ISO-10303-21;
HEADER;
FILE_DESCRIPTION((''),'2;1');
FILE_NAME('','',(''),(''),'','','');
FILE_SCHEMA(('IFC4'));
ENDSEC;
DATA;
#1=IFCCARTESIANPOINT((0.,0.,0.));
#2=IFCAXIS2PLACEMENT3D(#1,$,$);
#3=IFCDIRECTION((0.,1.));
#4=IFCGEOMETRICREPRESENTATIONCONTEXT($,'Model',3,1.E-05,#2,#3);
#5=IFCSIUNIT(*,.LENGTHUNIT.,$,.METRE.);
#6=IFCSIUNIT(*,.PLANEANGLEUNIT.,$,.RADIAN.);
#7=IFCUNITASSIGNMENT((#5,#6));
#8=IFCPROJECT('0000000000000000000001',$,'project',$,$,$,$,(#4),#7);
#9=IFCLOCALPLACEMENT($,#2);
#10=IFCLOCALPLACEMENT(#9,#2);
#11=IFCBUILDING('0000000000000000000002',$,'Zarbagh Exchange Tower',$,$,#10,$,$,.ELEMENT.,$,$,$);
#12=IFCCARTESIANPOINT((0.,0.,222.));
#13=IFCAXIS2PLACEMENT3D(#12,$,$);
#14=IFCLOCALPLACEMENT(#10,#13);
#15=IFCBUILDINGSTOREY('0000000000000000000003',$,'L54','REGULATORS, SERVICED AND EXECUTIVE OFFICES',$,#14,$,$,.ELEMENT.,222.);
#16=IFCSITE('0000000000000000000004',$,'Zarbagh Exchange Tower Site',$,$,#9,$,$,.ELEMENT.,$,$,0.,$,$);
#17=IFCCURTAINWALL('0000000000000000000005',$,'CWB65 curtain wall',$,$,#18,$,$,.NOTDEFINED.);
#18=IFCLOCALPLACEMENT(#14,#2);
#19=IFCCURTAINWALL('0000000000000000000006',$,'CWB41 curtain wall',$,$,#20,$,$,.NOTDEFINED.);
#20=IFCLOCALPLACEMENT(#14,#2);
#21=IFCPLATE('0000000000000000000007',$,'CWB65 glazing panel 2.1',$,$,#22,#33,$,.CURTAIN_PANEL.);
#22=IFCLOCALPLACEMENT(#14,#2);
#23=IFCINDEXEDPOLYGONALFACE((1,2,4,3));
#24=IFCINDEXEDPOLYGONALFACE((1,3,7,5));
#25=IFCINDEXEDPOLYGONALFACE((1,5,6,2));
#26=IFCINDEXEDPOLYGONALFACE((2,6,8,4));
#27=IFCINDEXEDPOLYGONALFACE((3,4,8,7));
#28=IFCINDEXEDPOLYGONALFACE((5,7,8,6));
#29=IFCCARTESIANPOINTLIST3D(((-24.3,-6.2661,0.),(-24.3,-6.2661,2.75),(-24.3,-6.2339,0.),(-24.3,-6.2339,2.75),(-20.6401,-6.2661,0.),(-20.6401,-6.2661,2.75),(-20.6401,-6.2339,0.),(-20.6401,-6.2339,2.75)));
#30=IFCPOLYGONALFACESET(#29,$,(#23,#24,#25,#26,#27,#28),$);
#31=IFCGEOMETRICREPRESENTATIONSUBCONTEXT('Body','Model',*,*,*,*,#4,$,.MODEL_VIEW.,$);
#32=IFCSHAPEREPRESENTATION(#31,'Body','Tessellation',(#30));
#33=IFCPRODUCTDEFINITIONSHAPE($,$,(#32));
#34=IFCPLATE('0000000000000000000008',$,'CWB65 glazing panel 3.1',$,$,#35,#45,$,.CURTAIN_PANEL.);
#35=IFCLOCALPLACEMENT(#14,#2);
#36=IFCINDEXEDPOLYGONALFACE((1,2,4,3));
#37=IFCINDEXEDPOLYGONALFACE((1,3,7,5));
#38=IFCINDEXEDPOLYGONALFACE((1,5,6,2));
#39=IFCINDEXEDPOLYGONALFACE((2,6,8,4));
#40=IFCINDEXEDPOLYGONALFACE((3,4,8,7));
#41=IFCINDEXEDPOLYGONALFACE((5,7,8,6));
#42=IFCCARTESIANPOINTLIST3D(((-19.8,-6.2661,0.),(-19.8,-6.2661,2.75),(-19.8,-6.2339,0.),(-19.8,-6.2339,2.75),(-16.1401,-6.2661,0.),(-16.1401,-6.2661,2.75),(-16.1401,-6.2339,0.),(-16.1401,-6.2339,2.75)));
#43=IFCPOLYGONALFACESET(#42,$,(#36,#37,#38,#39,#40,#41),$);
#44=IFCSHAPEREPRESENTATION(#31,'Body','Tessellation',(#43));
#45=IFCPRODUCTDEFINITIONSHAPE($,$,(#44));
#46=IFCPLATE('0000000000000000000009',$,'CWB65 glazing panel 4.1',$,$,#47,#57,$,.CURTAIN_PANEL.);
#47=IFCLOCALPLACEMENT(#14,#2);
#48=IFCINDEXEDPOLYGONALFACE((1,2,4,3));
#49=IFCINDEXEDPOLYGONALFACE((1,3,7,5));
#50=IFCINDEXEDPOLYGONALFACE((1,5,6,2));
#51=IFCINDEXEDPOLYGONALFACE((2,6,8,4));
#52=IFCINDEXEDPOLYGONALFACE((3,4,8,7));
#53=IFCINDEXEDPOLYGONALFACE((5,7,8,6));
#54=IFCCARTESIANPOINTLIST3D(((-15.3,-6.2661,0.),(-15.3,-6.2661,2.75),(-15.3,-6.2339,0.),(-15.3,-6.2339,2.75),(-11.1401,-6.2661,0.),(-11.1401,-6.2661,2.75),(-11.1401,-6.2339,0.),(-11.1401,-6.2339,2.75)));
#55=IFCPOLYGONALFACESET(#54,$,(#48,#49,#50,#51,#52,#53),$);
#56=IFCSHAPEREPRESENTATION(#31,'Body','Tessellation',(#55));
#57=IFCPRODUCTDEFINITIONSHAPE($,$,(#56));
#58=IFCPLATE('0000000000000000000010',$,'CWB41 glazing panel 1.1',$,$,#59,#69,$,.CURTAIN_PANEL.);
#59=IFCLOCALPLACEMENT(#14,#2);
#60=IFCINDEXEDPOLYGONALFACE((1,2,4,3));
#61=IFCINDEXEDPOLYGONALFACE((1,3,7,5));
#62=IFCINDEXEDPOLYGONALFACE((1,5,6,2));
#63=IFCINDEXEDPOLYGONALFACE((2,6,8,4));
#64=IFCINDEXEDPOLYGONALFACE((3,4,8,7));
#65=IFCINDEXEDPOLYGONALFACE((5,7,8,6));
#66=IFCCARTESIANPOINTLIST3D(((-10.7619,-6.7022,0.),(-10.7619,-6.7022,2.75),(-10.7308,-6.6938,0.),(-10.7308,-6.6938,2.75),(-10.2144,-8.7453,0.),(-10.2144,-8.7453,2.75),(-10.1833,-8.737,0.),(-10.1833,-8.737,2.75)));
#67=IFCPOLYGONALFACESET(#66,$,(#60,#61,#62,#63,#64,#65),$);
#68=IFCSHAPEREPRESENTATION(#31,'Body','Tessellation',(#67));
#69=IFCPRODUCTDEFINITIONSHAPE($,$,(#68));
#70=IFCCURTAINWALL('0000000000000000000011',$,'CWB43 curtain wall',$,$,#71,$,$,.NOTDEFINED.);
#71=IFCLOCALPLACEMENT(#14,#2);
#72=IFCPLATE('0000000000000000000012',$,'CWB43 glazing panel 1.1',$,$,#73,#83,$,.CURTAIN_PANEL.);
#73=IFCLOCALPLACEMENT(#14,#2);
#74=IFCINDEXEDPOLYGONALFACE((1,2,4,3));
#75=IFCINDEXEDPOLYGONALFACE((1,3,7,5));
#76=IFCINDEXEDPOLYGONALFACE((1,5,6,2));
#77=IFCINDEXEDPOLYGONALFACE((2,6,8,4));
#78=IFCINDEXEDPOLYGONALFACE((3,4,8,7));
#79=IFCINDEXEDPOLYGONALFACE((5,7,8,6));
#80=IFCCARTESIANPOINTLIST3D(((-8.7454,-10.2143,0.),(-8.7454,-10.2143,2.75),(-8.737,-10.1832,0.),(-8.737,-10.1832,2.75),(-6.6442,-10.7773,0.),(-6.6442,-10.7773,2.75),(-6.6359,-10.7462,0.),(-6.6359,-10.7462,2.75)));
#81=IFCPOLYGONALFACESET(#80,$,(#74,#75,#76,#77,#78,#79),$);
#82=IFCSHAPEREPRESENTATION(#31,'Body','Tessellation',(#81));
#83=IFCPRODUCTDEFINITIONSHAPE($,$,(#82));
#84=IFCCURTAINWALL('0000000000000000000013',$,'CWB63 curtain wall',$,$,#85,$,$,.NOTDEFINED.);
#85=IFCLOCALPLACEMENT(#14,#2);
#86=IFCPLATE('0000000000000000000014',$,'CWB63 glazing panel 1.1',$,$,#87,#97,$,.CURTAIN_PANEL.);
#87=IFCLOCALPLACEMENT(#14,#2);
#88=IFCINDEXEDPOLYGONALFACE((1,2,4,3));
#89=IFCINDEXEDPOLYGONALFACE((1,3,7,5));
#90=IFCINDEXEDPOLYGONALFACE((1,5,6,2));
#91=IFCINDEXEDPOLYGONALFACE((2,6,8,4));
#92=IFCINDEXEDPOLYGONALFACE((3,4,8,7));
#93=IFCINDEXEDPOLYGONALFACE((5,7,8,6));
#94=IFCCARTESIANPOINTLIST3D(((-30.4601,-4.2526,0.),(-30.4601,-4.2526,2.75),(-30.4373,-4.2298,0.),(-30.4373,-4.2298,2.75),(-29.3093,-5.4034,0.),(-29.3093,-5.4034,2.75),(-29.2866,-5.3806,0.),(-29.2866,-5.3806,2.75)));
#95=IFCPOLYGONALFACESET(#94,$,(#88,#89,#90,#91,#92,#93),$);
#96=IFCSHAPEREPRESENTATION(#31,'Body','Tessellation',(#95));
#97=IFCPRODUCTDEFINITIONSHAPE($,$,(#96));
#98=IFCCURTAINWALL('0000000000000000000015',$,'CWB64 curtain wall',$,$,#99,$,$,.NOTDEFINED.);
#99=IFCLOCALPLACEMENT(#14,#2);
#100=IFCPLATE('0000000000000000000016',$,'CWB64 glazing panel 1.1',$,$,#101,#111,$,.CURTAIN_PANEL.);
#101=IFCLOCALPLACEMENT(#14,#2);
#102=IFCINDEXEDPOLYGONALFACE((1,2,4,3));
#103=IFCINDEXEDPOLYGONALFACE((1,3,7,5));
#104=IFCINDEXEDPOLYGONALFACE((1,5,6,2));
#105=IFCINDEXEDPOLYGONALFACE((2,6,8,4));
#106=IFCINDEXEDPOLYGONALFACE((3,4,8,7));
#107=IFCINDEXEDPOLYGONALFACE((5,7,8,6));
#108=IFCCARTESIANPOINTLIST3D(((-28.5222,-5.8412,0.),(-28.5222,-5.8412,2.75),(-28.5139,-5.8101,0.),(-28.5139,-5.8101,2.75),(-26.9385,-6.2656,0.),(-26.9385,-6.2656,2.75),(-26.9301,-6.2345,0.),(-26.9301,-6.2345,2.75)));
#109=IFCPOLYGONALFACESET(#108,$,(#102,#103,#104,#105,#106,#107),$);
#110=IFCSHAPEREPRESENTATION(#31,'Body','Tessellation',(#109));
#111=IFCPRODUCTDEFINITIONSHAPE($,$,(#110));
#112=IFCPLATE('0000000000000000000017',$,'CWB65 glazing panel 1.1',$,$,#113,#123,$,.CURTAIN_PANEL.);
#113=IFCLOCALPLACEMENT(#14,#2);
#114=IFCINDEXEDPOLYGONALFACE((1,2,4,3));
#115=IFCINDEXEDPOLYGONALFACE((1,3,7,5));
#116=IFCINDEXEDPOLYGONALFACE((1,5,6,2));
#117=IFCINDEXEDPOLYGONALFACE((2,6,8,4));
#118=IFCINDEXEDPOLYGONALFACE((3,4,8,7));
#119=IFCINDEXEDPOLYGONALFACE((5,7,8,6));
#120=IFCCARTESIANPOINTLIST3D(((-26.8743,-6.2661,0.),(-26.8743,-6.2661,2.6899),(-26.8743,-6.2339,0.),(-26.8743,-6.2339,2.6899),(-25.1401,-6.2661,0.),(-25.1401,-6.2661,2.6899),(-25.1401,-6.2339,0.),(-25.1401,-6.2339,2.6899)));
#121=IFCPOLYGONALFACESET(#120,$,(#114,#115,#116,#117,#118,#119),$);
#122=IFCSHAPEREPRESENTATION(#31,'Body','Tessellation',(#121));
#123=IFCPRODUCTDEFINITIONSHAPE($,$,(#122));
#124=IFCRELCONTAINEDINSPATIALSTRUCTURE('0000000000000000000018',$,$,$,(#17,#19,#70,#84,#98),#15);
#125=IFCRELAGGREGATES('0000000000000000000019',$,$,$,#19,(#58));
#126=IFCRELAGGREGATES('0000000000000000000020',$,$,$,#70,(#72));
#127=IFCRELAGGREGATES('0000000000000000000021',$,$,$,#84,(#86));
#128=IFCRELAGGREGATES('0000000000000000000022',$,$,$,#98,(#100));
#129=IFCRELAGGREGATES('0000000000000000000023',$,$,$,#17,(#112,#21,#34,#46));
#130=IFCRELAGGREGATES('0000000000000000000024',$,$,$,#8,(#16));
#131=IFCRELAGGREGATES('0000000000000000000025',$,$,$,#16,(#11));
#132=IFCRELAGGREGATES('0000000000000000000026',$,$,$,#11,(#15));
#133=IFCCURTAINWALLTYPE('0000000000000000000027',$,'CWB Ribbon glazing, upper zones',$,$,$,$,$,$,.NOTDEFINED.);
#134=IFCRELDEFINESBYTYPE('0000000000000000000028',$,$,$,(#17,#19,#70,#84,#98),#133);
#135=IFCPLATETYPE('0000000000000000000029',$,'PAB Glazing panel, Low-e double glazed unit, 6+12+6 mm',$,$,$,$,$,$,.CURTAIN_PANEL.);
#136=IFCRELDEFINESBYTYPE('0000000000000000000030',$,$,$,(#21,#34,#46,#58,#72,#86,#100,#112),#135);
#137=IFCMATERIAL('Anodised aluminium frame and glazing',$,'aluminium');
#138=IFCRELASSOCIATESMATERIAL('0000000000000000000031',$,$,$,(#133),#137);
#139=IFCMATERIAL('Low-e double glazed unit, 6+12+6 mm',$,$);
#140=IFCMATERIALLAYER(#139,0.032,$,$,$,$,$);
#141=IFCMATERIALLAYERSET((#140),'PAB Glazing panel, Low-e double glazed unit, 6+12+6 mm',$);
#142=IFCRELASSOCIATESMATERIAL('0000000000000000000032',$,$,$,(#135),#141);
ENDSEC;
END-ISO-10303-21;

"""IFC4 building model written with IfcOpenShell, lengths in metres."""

from ifc_helpers import new_model, si_unit, direction, frame, origin, place, context, subcontext, project, spatial, polyline, outline, extrude, source, transform, mapped, material, layer, layer_set, type_object, element, aggregate, save


model = new_model("IFC4")

# Units and contexts
model_context = context("Model", 3, precision=1e-05, world=origin(), true_north=direction((0.0, 1.0)))
body_context = subcontext(model_context, "Body", "Model", "MODEL_VIEW")
ifc_project = project(units=[si_unit("LENGTHUNIT", "METRE"), si_unit("PLANEANGLEUNIT", "RADIAN")], contexts=[model_context])

# Site, building, storey
site_placement = place(None, origin())
site = spatial("IfcSite", under=ifc_project, at=site_placement, Name="Zarbagh Exchange Tower Site", CompositionType="ELEMENT", RefElevation=0.0)
building_placement = place(site_placement, origin())
building = spatial("IfcBuilding", under=site, at=building_placement, Name="Zarbagh Exchange Tower", CompositionType="ELEMENT")
storey_placement = place(building_placement, frame((0.0, 0.0, 222.0)))
storey = spatial("IfcBuildingStorey", under=building, at=storey_placement, Name="L54", Description="REGULATORS, SERVICED AND EXECUTIVE OFFICES", CompositionType="ELEMENT", Elevation=222.0)

# Shared definitions
ifc_material_1 = material(Name="Anodised aluminium frame and glazing", Category="aluminium")
curtain_wall_type = type_object("IfcCurtainWallType", Name="CWB Ribbon glazing, upper zones", PredefinedType="NOTDEFINED", material=ifc_material_1)
placement = place(storey_placement, origin())

# Curtain wall
curtain_wall_1_placement = place(storey_placement, origin())
curtain_wall_1 = element("IfcCurtainWall", 1, at=curtain_wall_1_placement, inside=storey, type_object=curtain_wall_type, Name="CWB65 curtain wall", PredefinedType="NOTDEFINED")

# Curtain wall
curtain_wall_2_placement = place(storey_placement, origin())
curtain_wall_2 = element("IfcCurtainWall", 2, at=curtain_wall_2_placement, inside=storey, type_object=curtain_wall_type, Name="CWB41 curtain wall", PredefinedType="NOTDEFINED")

# Shared definitions
ifc_material_2 = material(Name="Low-e double glazed unit, 6+12+6 mm")
ifc_layer = layer(ifc_material_2, 0.032)
ifc_layer_set = layer_set([ifc_layer], Name="PAB Glazing panel, Low-e double glazed unit, 6+12+6 mm")
plate_type = type_object("IfcPlateType", Name="PAB Glazing panel, Low-e double glazed unit, 6+12+6 mm", PredefinedType="CURTAIN_PANEL", material=ifc_layer_set)

# Plates
shared_shape_1 = source(origin(), body_context, "Body", "SweptSolid", [
    extrude(outline(polyline([(0.0, -0.0161), (3.6599, -0.0161), (3.6599, 0.0161), (0.0, 0.0161), (0.0, -0.0161)])), origin(), (0.0, 0.0, 1.0), 2.75),
])
plate_1 = element("IfcPlate", 3, at=placement, type_object=plate_type, Name="CWB65 glazing panel 2.1", PredefinedType="CURTAIN_PANEL", context=body_context, shape_type="MappedRepresentation", body=[
    mapped(shared_shape_1, transform((-24.3, -6.25, 0.0), x_axis=(1.0, 0.0, 0.0), y_axis=(0.0, 1.0, 0.0), z_axis=(0.0, 0.0, 1.0))),
])
plate_2 = element("IfcPlate", 4, at=placement, type_object=plate_type, Name="CWB65 glazing panel 3.1", PredefinedType="CURTAIN_PANEL", context=body_context, shape_type="MappedRepresentation", body=[
    mapped(shared_shape_1, transform((-19.8, -6.25, 0.0), x_axis=(1.0, 0.0, 0.0), y_axis=(0.0, 1.0, 0.0), z_axis=(0.0, 0.0, 1.0))),
])
shared_shape_2 = source(origin(), body_context, "Body", "SweptSolid", [
    extrude(outline(polyline([(0.0, -0.0161), (4.1599, -0.0161), (4.1599, 0.0161), (0.0, 0.0161), (0.0, -0.0161)])), origin(), (0.0, 0.0, 1.0), 2.75),
])
plate_3 = element("IfcPlate", 5, at=placement, type_object=plate_type, Name="CWB65 glazing panel 4.1", PredefinedType="CURTAIN_PANEL", context=body_context, shape_type="MappedRepresentation", body=[
    mapped(shared_shape_2, transform((-15.3, -6.25, 0.0), x_axis=(1.0, 0.0, 0.0), y_axis=(0.0, 1.0, 0.0), z_axis=(0.0, 0.0, 1.0))),
])
shared_shape_3 = source(origin(), body_context, "Body", "SweptSolid", [
    extrude(outline(polyline([(0.0, -0.0161), (2.1152, -0.0161), (2.1152, 0.0161), (0.0, 0.0161), (0.0, -0.0161)])), origin(), (0.0, 0.0, 1.0), 2.75),
])
plate_4 = element("IfcPlate", 6, at=placement, type_object=plate_type, Name="CWB41 glazing panel 1.1", PredefinedType="CURTAIN_PANEL", context=body_context, shape_type="MappedRepresentation", body=[
    mapped(shared_shape_3, transform((-10.7463, -6.698, 0.0), x_axis=(0.258825, -0.965924, 0.0), y_axis=(0.965924, 0.258825, 0.0), z_axis=(0.0, 0.0, 1.0))),
])
aggregate(curtain_wall_2, [plate_4])

# Curtain walls, plates
curtain_wall_3_placement = place(storey_placement, origin())
curtain_wall_3 = element("IfcCurtainWall", 7, at=curtain_wall_3_placement, inside=storey, type_object=curtain_wall_type, Name="CWB43 curtain wall", PredefinedType="NOTDEFINED")
shared_shape_4 = source(origin(), body_context, "Body", "SweptSolid", [
    extrude(outline(polyline([(0.0, -0.0161), (2.1753, -0.0161), (2.1753, 0.0161), (0.0, 0.0161), (0.0, -0.0161)])), origin(), (0.0, 0.0, 1.0), 2.75),
])
plate_5 = element("IfcPlate", 8, at=placement, type_object=plate_type, Name="CWB43 glazing panel 1.1", PredefinedType="CURTAIN_PANEL", context=body_context, shape_type="MappedRepresentation", body=[
    mapped(shared_shape_4, transform((-8.7412, -10.1987, 0.0), x_axis=(0.965924, -0.258825, 0.0), y_axis=(0.258825, 0.965924, 0.0), z_axis=(0.0, 0.0, 1.0))),
])
aggregate(curtain_wall_3, [plate_5])
curtain_wall_4_placement = place(storey_placement, origin())
curtain_wall_4 = element("IfcCurtainWall", 9, at=curtain_wall_4_placement, inside=storey, type_object=curtain_wall_type, Name="CWB63 curtain wall", PredefinedType="NOTDEFINED")
shared_shape_5 = source(origin(), body_context, "Body", "SweptSolid", [
    extrude(outline(polyline([(0.0, -0.0161), (1.6274, -0.0161), (1.6274, 0.0161), (0.0, 0.0161), (0.0, -0.0161)])), origin(), (0.0, 0.0, 1.0), 2.75),
])
plate_6 = element("IfcPlate", 10, at=placement, type_object=plate_type, Name="CWB63 glazing panel 1.1", PredefinedType="CURTAIN_PANEL", context=body_context, shape_type="MappedRepresentation", body=[
    mapped(shared_shape_5, transform((-30.4487, -4.2412, 0.0), x_axis=(0.707107, -0.707107, 0.0), y_axis=(0.707107, 0.707107, 0.0), z_axis=(0.0, 0.0, 1.0))),
])
aggregate(curtain_wall_4, [plate_6])
curtain_wall_5_placement = place(storey_placement, origin())
curtain_wall_5 = element("IfcCurtainWall", 11, at=curtain_wall_5_placement, inside=storey, type_object=curtain_wall_type, Name="CWB64 curtain wall", PredefinedType="NOTDEFINED")
shared_shape_6 = source(origin(), body_context, "Body", "SweptSolid", [
    extrude(outline(polyline([(0.0, -0.0161), (1.6396, -0.0161), (1.6396, 0.0161), (0.0, 0.0161), (0.0, -0.0161)])), origin(), (0.0, 0.0, 1.0), 2.75),
])
plate_7 = element("IfcPlate", 12, at=placement, type_object=plate_type, Name="CWB64 glazing panel 1.1", PredefinedType="CURTAIN_PANEL", context=body_context, shape_type="MappedRepresentation", body=[
    mapped(shared_shape_6, transform((-28.5181, -5.8257, 0.0), x_axis=(0.965924, -0.258825, 0.0), y_axis=(0.258825, 0.965924, 0.0), z_axis=(0.0, 0.0, 1.0))),
])
aggregate(curtain_wall_5, [plate_7])

# Plate
shared_shape_7 = source(origin(), body_context, "Body", "SweptSolid", [
    extrude(outline(polyline([(0.0, -0.0161), (1.7341, -0.0161), (1.7341, 0.0161), (0.0, 0.0161), (0.0, -0.0161)])), origin(), (0.0, 0.0, 1.0), 2.6899),
])
plate_8 = element("IfcPlate", 13, at=placement, type_object=plate_type, Name="CWB65 glazing panel 1.1", PredefinedType="CURTAIN_PANEL", context=body_context, shape_type="MappedRepresentation", body=[
    mapped(shared_shape_7, transform((-26.8743, -6.25, 0.0), x_axis=(1.0, 0.0, 0.0), y_axis=(0.0, 1.0, 0.0), z_axis=(0.0, 0.0, 1.0))),
])
aggregate(curtain_wall_1, [plate_8, plate_1, plate_2, plate_3])

save(model, "model.ifc")
